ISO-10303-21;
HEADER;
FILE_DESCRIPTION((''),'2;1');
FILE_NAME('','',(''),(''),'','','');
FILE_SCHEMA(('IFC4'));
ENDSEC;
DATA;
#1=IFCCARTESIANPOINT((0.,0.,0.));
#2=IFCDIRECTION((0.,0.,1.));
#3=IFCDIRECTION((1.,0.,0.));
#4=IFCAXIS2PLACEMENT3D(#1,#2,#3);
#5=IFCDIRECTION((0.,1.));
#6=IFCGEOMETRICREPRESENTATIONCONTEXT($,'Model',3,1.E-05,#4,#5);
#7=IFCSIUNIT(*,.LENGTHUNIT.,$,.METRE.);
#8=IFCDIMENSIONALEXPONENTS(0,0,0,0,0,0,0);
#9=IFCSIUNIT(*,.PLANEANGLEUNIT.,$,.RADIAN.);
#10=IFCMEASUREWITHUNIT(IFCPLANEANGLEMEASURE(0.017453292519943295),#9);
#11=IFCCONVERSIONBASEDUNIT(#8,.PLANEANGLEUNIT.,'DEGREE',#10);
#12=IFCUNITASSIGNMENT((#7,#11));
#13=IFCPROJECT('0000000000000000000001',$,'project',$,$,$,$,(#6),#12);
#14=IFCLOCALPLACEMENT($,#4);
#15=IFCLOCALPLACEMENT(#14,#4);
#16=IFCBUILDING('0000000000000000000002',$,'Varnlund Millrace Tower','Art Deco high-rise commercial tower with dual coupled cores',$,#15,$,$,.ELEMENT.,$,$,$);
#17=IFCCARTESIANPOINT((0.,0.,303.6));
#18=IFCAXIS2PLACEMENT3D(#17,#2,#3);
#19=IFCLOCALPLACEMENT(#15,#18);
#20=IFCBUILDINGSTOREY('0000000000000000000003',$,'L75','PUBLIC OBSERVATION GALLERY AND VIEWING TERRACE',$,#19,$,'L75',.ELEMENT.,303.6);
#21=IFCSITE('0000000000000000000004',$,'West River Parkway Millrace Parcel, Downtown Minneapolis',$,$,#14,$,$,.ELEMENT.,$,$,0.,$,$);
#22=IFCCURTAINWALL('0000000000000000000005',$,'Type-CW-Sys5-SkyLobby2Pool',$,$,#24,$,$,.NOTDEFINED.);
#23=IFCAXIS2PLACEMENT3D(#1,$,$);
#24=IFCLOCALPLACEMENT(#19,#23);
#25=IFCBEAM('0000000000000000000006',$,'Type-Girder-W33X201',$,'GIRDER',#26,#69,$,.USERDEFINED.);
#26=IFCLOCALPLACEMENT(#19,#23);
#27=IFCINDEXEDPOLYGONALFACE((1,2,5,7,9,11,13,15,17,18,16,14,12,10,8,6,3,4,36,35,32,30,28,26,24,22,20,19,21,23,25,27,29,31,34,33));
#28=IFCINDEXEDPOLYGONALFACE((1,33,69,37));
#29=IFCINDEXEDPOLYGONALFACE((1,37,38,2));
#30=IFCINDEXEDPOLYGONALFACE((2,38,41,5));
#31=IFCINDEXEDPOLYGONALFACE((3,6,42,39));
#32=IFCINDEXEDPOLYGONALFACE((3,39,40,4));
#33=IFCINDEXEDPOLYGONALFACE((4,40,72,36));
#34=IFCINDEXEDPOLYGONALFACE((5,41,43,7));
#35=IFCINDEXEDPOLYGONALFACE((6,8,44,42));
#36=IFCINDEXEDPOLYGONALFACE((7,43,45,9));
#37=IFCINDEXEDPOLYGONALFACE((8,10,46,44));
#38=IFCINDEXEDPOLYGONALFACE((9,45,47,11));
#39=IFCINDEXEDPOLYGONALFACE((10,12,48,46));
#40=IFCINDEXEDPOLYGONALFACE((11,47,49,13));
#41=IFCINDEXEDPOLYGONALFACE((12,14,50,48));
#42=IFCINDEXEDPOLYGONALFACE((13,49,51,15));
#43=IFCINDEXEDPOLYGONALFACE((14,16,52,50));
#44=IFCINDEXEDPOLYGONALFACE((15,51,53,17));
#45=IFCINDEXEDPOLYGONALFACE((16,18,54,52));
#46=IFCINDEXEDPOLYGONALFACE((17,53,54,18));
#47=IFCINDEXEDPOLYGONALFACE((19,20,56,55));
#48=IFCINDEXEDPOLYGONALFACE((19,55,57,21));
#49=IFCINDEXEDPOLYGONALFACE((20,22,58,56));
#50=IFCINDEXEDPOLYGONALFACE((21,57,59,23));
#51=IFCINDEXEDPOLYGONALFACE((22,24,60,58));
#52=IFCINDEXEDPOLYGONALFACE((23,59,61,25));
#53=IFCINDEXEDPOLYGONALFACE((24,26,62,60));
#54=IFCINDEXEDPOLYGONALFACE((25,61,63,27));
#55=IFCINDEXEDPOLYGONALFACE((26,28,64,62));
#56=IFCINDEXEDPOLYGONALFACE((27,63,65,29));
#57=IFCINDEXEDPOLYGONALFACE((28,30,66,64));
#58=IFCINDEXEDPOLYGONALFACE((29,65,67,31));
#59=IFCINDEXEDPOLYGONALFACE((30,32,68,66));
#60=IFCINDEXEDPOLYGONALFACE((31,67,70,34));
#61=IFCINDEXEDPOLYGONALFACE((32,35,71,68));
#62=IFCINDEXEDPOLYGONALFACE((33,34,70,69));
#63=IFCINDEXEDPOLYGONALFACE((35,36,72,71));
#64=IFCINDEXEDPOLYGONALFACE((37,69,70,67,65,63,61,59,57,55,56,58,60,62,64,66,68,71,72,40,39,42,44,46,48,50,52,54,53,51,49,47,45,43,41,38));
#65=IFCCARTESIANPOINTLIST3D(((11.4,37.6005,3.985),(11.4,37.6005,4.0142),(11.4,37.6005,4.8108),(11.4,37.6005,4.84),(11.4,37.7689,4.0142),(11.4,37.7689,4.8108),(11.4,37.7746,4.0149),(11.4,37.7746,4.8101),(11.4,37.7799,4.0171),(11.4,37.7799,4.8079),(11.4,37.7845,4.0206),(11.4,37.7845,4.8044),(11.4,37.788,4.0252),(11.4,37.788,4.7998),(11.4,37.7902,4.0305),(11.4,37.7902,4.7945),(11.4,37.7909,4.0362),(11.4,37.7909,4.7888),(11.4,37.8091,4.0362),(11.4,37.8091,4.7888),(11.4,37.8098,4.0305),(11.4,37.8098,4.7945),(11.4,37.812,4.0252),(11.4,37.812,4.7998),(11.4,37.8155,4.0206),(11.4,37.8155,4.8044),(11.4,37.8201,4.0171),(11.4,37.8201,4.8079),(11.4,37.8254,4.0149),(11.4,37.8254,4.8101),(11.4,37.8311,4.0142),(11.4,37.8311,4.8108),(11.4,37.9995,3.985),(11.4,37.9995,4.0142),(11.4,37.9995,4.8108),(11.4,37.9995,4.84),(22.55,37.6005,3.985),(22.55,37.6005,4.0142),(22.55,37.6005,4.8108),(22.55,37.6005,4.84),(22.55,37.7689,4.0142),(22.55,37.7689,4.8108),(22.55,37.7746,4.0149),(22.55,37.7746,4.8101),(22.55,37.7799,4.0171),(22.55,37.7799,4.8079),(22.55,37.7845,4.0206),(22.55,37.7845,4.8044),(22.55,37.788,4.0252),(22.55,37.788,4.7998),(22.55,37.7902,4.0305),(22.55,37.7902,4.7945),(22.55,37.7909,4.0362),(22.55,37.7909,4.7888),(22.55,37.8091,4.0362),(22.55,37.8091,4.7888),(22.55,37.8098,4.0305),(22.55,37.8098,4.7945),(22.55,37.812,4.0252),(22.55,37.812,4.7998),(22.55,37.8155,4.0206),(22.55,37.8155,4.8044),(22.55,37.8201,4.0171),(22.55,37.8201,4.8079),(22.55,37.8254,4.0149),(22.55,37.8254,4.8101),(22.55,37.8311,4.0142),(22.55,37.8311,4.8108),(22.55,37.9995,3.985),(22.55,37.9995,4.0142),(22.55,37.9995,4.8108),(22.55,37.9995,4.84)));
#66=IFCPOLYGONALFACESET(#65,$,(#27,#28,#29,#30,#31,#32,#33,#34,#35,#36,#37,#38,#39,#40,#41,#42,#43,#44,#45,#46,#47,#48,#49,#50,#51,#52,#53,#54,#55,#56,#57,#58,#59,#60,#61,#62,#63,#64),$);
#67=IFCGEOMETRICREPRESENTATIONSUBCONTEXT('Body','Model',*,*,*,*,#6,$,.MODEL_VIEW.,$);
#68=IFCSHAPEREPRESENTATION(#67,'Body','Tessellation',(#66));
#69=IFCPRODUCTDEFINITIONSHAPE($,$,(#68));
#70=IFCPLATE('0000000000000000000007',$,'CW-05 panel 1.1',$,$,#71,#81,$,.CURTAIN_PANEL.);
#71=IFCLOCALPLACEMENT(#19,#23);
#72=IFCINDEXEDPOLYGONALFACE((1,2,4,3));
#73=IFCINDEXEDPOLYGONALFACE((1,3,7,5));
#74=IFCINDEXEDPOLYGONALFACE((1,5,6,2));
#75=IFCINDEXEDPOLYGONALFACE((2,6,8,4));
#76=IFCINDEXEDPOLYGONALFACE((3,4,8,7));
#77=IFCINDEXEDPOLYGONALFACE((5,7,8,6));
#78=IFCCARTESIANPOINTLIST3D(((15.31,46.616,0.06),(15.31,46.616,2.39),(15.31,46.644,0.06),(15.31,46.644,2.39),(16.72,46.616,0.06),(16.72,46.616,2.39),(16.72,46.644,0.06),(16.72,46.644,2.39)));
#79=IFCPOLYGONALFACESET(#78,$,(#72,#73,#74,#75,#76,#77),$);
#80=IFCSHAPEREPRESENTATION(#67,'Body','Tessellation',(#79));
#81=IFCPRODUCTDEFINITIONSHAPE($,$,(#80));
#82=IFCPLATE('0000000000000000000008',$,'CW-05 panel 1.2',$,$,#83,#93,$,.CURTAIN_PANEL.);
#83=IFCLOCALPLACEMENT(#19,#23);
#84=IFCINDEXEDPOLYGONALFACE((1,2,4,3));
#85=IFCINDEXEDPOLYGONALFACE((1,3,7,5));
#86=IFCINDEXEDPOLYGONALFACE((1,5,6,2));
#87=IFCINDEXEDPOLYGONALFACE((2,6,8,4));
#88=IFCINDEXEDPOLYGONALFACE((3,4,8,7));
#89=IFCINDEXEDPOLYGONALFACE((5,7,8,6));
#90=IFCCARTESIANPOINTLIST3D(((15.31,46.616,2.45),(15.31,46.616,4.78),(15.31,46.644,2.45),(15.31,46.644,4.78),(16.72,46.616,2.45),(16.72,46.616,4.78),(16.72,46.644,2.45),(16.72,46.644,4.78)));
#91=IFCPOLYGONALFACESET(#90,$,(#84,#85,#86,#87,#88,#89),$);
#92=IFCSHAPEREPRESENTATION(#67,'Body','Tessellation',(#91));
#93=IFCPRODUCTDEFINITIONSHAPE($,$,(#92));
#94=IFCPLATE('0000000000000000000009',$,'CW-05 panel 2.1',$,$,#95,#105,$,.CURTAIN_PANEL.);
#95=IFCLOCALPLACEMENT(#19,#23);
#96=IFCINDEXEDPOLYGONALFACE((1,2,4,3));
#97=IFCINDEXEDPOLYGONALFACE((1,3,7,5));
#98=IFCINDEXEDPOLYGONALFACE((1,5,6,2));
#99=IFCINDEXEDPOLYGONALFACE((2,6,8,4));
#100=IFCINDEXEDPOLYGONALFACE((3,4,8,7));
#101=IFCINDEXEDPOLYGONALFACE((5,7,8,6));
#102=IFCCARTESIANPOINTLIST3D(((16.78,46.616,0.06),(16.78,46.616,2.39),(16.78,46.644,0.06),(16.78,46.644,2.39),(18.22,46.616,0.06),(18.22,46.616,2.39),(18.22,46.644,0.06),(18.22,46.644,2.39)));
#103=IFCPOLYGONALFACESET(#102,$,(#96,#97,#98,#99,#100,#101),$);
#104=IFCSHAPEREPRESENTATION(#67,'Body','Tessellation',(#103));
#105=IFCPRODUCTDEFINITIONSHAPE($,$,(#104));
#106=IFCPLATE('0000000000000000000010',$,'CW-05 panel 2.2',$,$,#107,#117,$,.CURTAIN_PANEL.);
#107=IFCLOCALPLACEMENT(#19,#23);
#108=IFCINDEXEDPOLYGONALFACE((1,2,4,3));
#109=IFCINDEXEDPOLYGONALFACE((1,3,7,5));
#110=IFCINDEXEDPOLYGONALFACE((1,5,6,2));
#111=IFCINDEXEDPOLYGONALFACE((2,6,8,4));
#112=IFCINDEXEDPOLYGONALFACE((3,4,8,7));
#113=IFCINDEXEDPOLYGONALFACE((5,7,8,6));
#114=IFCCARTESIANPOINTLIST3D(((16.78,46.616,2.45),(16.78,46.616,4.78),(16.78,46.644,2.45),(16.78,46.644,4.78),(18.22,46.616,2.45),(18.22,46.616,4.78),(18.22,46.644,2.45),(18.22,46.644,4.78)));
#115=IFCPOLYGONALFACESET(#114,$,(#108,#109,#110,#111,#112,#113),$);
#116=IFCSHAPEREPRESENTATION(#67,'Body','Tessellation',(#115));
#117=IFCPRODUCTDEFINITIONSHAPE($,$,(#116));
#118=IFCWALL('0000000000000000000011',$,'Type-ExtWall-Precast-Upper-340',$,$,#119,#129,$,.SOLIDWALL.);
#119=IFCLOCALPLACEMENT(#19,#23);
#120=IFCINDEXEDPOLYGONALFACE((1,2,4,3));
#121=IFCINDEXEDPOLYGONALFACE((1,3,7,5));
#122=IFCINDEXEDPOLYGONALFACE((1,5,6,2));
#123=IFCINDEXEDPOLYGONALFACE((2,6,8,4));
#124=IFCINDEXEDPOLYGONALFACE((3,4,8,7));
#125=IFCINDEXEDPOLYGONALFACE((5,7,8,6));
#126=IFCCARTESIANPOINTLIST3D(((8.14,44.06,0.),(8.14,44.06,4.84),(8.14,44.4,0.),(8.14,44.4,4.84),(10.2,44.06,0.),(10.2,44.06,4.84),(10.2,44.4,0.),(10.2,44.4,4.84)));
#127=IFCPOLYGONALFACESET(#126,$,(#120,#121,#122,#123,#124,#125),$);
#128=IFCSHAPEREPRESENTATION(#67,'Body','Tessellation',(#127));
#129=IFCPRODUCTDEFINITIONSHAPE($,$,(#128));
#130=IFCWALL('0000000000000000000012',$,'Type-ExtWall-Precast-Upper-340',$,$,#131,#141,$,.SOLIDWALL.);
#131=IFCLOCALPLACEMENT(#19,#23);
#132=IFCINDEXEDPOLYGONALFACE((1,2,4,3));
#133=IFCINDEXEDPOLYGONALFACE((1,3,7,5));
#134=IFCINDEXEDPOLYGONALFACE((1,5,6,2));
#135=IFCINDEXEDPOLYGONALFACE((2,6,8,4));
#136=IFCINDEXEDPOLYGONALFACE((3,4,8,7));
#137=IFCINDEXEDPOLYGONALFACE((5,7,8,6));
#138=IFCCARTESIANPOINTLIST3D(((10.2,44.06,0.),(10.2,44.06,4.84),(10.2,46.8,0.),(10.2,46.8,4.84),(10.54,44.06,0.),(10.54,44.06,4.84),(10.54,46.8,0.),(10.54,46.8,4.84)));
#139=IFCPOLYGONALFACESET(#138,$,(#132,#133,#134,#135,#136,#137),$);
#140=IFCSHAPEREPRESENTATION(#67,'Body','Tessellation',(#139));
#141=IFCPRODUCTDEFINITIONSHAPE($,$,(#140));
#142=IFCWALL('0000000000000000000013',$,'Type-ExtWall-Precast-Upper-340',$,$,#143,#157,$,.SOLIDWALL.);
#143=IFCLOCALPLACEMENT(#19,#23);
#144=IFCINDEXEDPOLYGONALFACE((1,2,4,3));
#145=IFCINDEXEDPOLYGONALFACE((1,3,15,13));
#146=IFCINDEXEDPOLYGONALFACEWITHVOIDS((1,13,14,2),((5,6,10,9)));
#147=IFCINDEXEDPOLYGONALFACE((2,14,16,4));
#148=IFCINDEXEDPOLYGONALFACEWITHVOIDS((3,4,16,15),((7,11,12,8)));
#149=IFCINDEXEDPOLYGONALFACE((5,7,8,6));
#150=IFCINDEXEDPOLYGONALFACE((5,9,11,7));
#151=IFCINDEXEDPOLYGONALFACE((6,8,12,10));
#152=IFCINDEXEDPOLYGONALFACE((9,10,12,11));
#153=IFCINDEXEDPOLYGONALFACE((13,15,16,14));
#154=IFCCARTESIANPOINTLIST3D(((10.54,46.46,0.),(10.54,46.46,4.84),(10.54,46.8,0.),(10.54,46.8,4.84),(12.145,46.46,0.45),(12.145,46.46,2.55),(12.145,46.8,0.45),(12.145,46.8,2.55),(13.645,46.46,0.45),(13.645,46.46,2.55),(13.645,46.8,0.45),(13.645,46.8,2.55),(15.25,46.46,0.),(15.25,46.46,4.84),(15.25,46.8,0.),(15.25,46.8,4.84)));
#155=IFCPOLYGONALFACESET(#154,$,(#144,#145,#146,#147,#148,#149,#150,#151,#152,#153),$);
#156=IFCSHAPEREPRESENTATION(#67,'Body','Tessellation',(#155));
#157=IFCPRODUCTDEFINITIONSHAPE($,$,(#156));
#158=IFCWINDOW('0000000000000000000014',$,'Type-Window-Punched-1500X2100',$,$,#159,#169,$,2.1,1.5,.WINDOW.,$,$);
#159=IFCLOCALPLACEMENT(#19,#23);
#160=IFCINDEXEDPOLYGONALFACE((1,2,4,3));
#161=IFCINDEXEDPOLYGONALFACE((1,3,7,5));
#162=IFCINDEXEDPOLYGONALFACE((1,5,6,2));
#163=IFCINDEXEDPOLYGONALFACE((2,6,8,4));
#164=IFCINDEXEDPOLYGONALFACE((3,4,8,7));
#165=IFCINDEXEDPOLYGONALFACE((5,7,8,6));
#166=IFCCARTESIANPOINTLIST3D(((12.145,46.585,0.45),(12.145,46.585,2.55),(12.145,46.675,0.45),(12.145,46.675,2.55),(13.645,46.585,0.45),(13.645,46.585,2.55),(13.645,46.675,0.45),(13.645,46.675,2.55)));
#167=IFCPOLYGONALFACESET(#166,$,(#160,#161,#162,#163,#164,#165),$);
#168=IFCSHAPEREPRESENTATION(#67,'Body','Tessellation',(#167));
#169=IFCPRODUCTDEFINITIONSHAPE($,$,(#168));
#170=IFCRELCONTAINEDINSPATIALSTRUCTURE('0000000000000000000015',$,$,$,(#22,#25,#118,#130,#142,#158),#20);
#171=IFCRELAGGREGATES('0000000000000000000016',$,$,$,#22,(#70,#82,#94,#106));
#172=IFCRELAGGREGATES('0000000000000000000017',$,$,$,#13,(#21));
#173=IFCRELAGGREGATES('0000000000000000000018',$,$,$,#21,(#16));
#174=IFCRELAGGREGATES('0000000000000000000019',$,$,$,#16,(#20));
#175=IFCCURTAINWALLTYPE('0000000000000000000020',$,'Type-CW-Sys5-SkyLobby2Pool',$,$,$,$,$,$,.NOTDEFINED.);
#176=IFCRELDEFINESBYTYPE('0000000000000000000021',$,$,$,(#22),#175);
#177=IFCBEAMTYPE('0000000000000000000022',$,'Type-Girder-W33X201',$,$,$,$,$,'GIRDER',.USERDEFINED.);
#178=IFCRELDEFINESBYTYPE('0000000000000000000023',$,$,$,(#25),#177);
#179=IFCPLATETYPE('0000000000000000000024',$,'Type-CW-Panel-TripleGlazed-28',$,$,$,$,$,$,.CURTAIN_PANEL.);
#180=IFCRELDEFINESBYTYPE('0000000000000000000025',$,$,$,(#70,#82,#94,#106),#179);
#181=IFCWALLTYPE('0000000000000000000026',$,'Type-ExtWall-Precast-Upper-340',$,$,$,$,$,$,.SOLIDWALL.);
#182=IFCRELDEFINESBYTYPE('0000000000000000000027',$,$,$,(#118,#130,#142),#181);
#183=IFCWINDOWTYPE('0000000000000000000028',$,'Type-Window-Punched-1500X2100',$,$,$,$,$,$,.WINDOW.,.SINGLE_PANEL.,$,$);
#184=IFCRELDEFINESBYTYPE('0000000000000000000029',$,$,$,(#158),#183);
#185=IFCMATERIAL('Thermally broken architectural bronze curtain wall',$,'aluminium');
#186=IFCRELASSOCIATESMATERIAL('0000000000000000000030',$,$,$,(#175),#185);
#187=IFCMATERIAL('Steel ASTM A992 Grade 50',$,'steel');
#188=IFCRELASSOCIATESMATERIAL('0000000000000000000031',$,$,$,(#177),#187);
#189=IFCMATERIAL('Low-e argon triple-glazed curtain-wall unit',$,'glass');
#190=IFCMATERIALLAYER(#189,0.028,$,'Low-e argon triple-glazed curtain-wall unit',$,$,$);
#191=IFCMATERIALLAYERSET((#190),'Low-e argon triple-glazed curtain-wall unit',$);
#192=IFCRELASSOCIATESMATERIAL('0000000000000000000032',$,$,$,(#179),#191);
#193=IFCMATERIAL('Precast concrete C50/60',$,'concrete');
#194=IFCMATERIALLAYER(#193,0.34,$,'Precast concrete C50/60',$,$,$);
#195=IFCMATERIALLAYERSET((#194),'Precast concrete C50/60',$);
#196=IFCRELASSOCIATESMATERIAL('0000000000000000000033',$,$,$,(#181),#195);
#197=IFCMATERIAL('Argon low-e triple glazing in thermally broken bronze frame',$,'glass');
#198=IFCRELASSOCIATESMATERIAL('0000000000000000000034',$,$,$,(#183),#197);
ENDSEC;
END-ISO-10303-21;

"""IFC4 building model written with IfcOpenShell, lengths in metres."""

from ifc_helpers import new_model, entity, si_unit, converted_unit, direction, frame, origin_with_axes, origin_2d_with_axis, place, context, subcontext, project, spatial, polyline, rectangle, i_section, outline, extrude, material, layer, layer_set, material_profile, profile_set, type_object, element, fill, aggregate, save


model = new_model("IFC4")

# Units and contexts
model_context = context("Model", 3, precision=1e-05, world=origin_with_axes(), true_north=direction((0.0, 1.0)))
body_context = subcontext(model_context, "Body", "Model", "MODEL_VIEW")
ifc_project = project(units=[si_unit("LENGTHUNIT", "METRE"), converted_unit("PLANEANGLEUNIT", "DEGREE", entity("IfcPlaneAngleMeasure", 0.017453292519943295), si_unit("PLANEANGLEUNIT", "RADIAN"), dimensions=[0, 0, 0, 0, 0, 0, 0])], contexts=[model_context])

# Site, building, storey
site_placement = place(None, origin_with_axes())
site = spatial("IfcSite", under=ifc_project, at=site_placement, Name="West River Parkway Millrace Parcel, Downtown Minneapolis", CompositionType="ELEMENT", RefElevation=0.0)
building_placement = place(site_placement, origin_with_axes())
building = spatial("IfcBuilding", under=site, at=building_placement, Name="Varnlund Millrace Tower", Description="Art Deco high-rise commercial tower with dual coupled cores", CompositionType="ELEMENT")
storey_placement = place(building_placement, frame((0.0, 0.0, 303.6), z_axis=(0.0, 0.0, 1.0), x_axis=(1.0, 0.0, 0.0)))
storey = spatial("IfcBuildingStorey", under=building, at=storey_placement, Name="L75", Description="PUBLIC OBSERVATION GALLERY AND VIEWING TERRACE", LongName="L75", CompositionType="ELEMENT", Elevation=303.6)

# Shared definitions
ifc_material_1 = material(Name="Steel ASTM A992 Grade 50", Category="steel")

# Curtain wall
ifc_material_2 = material(Name="Thermally broken architectural bronze curtain wall", Category="aluminium")
curtain_wall_type = type_object("IfcCurtainWallType", Name="Type-CW-Sys5-SkyLobby2Pool", PredefinedType="NOTDEFINED", material=ifc_material_2)
curtain_wall_placement = place(storey_placement, frame((15.25, 46.63, 0.0), z_axis=(0.0, 0.0, 1.0), x_axis=(1.0, 0.0, 0.0)))
curtain_wall = element("IfcCurtainWall", 1, at=curtain_wall_placement, inside=storey, type_object=curtain_wall_type, Name="Type-CW-Sys5-SkyLobby2Pool", PredefinedType="NOTDEFINED")

# Beam
ifc_material_profile_1 = material_profile(ifc_material_1, i_section(OverallWidth=0.399, OverallDepth=0.855, WebThickness=0.0182, FlangeThickness=0.0292, FilletRadius=0.022, at=origin_2d_with_axis()), Name="Steel ASTM A992 Grade 50")
ifc_profile_set_1 = profile_set([ifc_material_profile_1], Name="Steel ASTM A992 Grade 50")
beam_type_1 = type_object("IfcBeamType", Name="Type-Girder-W33X201", ElementType="GIRDER", PredefinedType="USERDEFINED", material=ifc_profile_set_1)
beam_1_placement = place(storey_placement, frame((11.4, 37.8, 4.4125), z_axis=(1.0, 0.0, 0.0), x_axis=(0.0, 1.0, 0.0)))
element("IfcBeam", 2, at=beam_1_placement, inside=storey, type_object=beam_type_1, Name="Type-Girder-W33X201", ObjectType="GIRDER", PredefinedType="USERDEFINED", context=body_context, shape_type="SweptSolid", body=[
    extrude(i_section(OverallWidth=0.399, OverallDepth=0.855, WebThickness=0.0182, FlangeThickness=0.0292, FilletRadius=0.022, at=origin_2d_with_axis()), origin_with_axes(), (0.0, 0.0, 1.0), 11.15),
])

# Plates
ifc_material_3 = material(Name="Low-e argon triple-glazed curtain-wall unit", Category="glass")
ifc_layer_1 = layer(ifc_material_3, 0.028, Name="Low-e argon triple-glazed curtain-wall unit")
ifc_layer_set_1 = layer_set([ifc_layer_1], Name="Low-e argon triple-glazed curtain-wall unit")
plate_type = type_object("IfcPlateType", Name="Type-CW-Panel-TripleGlazed-28", PredefinedType="CURTAIN_PANEL", material=ifc_layer_set_1)
plate_1_placement = place(storey_placement, frame((16.015, 46.63, 0.06), z_axis=(0.0, 0.0, 1.0), x_axis=(1.0, 0.0, 0.0)))
plate_1 = element("IfcPlate", 3, at=plate_1_placement, type_object=plate_type, Name="CW-05 panel 1.1", PredefinedType="CURTAIN_PANEL", context=body_context, shape_type="SweptSolid", body=[
    extrude(rectangle(XDim=1.41, YDim=0.028, at=origin_2d_with_axis()), origin_with_axes(), (0.0, 0.0, 1.0), 2.33),
])
plate_2_placement = place(storey_placement, frame((16.015, 46.63, 2.45), z_axis=(0.0, 0.0, 1.0), x_axis=(1.0, 0.0, 0.0)))
plate_2 = element("IfcPlate", 4, at=plate_2_placement, type_object=plate_type, Name="CW-05 panel 1.2", PredefinedType="CURTAIN_PANEL", context=body_context, shape_type="SweptSolid", body=[
    extrude(rectangle(XDim=1.41, YDim=0.028, at=origin_2d_with_axis()), origin_with_axes(), (0.0, 0.0, 1.0), 2.33),
])
plate_3_placement = place(storey_placement, frame((17.5, 46.63, 0.06), z_axis=(0.0, 0.0, 1.0), x_axis=(1.0, 0.0, 0.0)))
plate_3 = element("IfcPlate", 5, at=plate_3_placement, type_object=plate_type, Name="CW-05 panel 2.1", PredefinedType="CURTAIN_PANEL", context=body_context, shape_type="SweptSolid", body=[
    extrude(rectangle(XDim=1.44, YDim=0.028, at=origin_2d_with_axis()), origin_with_axes(), (0.0, 0.0, 1.0), 2.33),
])
plate_4_placement = place(storey_placement, frame((17.5, 46.63, 2.45), z_axis=(0.0, 0.0, 1.0), x_axis=(1.0, 0.0, 0.0)))
plate_4 = element("IfcPlate", 6, at=plate_4_placement, type_object=plate_type, Name="CW-05 panel 2.2", PredefinedType="CURTAIN_PANEL", context=body_context, shape_type="SweptSolid", body=[
    extrude(rectangle(XDim=1.44, YDim=0.028, at=origin_2d_with_axis()), origin_with_axes(), (0.0, 0.0, 1.0), 2.33),
])
aggregate(curtain_wall, [plate_1, plate_2, plate_3, plate_4])

# Walls
ifc_material_4 = material(Name="Precast concrete C50/60", Category="concrete")
ifc_layer_2 = layer(ifc_material_4, 0.34, Name="Precast concrete C50/60")
ifc_layer_set_2 = layer_set([ifc_layer_2], Name="Precast concrete C50/60")
wall_type = type_object("IfcWallType", Name="Type-ExtWall-Precast-Upper-340", PredefinedType="SOLIDWALL", material=ifc_layer_set_2)
wall_1_placement = place(storey_placement, frame((8.14, 44.23, 0.0), z_axis=(0.0, 0.0, 1.0), x_axis=(1.0, 0.0, 0.0)))
element("IfcWall", 7, at=wall_1_placement, inside=storey, type_object=wall_type, Name="Type-ExtWall-Precast-Upper-340", PredefinedType="SOLIDWALL", context=body_context, shape_type="SweptSolid", body=[
    extrude(outline(polyline([(0.0, -0.17), (2.06, -0.17), (2.06, 0.17), (0.0, 0.17), (0.0, -0.17)])), origin_with_axes(), (0.0, 0.0, 1.0), 4.84),
])
wall_2_placement = place(storey_placement, frame((10.37, 44.06, 0.0), z_axis=(0.0, 0.0, 1.0), x_axis=(0.0, 1.0, 0.0)))
element("IfcWall", 8, at=wall_2_placement, inside=storey, type_object=wall_type, Name="Type-ExtWall-Precast-Upper-340", PredefinedType="SOLIDWALL", context=body_context, shape_type="SweptSolid", body=[
    extrude(outline(polyline([(0.0, -0.17), (2.74, -0.17), (2.74, 0.17), (0.0, 0.17), (0.0, -0.17)])), origin_with_axes(), (0.0, 0.0, 1.0), 4.84),
])

# Wall, opening, window
wall_3_placement = place(storey_placement, frame((10.54, 46.63, 0.0), z_axis=(0.0, 0.0, 1.0), x_axis=(1.0, 0.0, 0.0)))
wall_3 = element("IfcWall", 9, at=wall_3_placement, inside=storey, type_object=wall_type, Name="Type-ExtWall-Precast-Upper-340", PredefinedType="SOLIDWALL", context=body_context, shape_type="SweptSolid", body=[
    extrude(outline(polyline([(0.0, -0.17), (4.71, -0.17), (4.71, 0.17), (0.0, 0.17), (0.0, -0.17)])), origin_with_axes(), (0.0, 0.0, 1.0), 4.84),
])
opening_placement = place(wall_3_placement, frame((2.355, 0.0, 0.45), z_axis=(0.0, 0.0, 1.0), x_axis=(1.0, 0.0, 0.0)))
opening = element("IfcOpeningElement", 10, at=opening_placement, cuts=wall_3, PredefinedType="OPENING", context=body_context, shape_type="SweptSolid", body=[
    extrude(rectangle(XDim=1.5, YDim=0.36, at=origin_2d_with_axis()), origin_with_axes(), (0.0, 0.0, 1.0), 2.1),
])
ifc_material_5 = material(Name="Argon low-e triple glazing in thermally broken bronze frame", Category="glass")
window_type = type_object("IfcWindowType", Name="Type-Window-Punched-1500X2100", PartitioningType="SINGLE_PANEL", PredefinedType="WINDOW", material=ifc_material_5)
window_placement = place(wall_3_placement, frame((2.355, 0.0, 0.45), z_axis=(0.0, 0.0, 1.0), x_axis=(1.0, 0.0, 0.0)))
window = element("IfcWindow", 11, at=window_placement, inside=storey, type_object=window_type, Name="Type-Window-Punched-1500X2100", OverallHeight=2.1, OverallWidth=1.5, PredefinedType="WINDOW", context=body_context, shape_type="SweptSolid", body=[
    extrude(rectangle(XDim=1.5, YDim=0.09, at=origin_2d_with_axis()), origin_with_axes(), (0.0, 0.0, 1.0), 2.1),
])
fill(opening, window)

save(model, "model.ifc")
